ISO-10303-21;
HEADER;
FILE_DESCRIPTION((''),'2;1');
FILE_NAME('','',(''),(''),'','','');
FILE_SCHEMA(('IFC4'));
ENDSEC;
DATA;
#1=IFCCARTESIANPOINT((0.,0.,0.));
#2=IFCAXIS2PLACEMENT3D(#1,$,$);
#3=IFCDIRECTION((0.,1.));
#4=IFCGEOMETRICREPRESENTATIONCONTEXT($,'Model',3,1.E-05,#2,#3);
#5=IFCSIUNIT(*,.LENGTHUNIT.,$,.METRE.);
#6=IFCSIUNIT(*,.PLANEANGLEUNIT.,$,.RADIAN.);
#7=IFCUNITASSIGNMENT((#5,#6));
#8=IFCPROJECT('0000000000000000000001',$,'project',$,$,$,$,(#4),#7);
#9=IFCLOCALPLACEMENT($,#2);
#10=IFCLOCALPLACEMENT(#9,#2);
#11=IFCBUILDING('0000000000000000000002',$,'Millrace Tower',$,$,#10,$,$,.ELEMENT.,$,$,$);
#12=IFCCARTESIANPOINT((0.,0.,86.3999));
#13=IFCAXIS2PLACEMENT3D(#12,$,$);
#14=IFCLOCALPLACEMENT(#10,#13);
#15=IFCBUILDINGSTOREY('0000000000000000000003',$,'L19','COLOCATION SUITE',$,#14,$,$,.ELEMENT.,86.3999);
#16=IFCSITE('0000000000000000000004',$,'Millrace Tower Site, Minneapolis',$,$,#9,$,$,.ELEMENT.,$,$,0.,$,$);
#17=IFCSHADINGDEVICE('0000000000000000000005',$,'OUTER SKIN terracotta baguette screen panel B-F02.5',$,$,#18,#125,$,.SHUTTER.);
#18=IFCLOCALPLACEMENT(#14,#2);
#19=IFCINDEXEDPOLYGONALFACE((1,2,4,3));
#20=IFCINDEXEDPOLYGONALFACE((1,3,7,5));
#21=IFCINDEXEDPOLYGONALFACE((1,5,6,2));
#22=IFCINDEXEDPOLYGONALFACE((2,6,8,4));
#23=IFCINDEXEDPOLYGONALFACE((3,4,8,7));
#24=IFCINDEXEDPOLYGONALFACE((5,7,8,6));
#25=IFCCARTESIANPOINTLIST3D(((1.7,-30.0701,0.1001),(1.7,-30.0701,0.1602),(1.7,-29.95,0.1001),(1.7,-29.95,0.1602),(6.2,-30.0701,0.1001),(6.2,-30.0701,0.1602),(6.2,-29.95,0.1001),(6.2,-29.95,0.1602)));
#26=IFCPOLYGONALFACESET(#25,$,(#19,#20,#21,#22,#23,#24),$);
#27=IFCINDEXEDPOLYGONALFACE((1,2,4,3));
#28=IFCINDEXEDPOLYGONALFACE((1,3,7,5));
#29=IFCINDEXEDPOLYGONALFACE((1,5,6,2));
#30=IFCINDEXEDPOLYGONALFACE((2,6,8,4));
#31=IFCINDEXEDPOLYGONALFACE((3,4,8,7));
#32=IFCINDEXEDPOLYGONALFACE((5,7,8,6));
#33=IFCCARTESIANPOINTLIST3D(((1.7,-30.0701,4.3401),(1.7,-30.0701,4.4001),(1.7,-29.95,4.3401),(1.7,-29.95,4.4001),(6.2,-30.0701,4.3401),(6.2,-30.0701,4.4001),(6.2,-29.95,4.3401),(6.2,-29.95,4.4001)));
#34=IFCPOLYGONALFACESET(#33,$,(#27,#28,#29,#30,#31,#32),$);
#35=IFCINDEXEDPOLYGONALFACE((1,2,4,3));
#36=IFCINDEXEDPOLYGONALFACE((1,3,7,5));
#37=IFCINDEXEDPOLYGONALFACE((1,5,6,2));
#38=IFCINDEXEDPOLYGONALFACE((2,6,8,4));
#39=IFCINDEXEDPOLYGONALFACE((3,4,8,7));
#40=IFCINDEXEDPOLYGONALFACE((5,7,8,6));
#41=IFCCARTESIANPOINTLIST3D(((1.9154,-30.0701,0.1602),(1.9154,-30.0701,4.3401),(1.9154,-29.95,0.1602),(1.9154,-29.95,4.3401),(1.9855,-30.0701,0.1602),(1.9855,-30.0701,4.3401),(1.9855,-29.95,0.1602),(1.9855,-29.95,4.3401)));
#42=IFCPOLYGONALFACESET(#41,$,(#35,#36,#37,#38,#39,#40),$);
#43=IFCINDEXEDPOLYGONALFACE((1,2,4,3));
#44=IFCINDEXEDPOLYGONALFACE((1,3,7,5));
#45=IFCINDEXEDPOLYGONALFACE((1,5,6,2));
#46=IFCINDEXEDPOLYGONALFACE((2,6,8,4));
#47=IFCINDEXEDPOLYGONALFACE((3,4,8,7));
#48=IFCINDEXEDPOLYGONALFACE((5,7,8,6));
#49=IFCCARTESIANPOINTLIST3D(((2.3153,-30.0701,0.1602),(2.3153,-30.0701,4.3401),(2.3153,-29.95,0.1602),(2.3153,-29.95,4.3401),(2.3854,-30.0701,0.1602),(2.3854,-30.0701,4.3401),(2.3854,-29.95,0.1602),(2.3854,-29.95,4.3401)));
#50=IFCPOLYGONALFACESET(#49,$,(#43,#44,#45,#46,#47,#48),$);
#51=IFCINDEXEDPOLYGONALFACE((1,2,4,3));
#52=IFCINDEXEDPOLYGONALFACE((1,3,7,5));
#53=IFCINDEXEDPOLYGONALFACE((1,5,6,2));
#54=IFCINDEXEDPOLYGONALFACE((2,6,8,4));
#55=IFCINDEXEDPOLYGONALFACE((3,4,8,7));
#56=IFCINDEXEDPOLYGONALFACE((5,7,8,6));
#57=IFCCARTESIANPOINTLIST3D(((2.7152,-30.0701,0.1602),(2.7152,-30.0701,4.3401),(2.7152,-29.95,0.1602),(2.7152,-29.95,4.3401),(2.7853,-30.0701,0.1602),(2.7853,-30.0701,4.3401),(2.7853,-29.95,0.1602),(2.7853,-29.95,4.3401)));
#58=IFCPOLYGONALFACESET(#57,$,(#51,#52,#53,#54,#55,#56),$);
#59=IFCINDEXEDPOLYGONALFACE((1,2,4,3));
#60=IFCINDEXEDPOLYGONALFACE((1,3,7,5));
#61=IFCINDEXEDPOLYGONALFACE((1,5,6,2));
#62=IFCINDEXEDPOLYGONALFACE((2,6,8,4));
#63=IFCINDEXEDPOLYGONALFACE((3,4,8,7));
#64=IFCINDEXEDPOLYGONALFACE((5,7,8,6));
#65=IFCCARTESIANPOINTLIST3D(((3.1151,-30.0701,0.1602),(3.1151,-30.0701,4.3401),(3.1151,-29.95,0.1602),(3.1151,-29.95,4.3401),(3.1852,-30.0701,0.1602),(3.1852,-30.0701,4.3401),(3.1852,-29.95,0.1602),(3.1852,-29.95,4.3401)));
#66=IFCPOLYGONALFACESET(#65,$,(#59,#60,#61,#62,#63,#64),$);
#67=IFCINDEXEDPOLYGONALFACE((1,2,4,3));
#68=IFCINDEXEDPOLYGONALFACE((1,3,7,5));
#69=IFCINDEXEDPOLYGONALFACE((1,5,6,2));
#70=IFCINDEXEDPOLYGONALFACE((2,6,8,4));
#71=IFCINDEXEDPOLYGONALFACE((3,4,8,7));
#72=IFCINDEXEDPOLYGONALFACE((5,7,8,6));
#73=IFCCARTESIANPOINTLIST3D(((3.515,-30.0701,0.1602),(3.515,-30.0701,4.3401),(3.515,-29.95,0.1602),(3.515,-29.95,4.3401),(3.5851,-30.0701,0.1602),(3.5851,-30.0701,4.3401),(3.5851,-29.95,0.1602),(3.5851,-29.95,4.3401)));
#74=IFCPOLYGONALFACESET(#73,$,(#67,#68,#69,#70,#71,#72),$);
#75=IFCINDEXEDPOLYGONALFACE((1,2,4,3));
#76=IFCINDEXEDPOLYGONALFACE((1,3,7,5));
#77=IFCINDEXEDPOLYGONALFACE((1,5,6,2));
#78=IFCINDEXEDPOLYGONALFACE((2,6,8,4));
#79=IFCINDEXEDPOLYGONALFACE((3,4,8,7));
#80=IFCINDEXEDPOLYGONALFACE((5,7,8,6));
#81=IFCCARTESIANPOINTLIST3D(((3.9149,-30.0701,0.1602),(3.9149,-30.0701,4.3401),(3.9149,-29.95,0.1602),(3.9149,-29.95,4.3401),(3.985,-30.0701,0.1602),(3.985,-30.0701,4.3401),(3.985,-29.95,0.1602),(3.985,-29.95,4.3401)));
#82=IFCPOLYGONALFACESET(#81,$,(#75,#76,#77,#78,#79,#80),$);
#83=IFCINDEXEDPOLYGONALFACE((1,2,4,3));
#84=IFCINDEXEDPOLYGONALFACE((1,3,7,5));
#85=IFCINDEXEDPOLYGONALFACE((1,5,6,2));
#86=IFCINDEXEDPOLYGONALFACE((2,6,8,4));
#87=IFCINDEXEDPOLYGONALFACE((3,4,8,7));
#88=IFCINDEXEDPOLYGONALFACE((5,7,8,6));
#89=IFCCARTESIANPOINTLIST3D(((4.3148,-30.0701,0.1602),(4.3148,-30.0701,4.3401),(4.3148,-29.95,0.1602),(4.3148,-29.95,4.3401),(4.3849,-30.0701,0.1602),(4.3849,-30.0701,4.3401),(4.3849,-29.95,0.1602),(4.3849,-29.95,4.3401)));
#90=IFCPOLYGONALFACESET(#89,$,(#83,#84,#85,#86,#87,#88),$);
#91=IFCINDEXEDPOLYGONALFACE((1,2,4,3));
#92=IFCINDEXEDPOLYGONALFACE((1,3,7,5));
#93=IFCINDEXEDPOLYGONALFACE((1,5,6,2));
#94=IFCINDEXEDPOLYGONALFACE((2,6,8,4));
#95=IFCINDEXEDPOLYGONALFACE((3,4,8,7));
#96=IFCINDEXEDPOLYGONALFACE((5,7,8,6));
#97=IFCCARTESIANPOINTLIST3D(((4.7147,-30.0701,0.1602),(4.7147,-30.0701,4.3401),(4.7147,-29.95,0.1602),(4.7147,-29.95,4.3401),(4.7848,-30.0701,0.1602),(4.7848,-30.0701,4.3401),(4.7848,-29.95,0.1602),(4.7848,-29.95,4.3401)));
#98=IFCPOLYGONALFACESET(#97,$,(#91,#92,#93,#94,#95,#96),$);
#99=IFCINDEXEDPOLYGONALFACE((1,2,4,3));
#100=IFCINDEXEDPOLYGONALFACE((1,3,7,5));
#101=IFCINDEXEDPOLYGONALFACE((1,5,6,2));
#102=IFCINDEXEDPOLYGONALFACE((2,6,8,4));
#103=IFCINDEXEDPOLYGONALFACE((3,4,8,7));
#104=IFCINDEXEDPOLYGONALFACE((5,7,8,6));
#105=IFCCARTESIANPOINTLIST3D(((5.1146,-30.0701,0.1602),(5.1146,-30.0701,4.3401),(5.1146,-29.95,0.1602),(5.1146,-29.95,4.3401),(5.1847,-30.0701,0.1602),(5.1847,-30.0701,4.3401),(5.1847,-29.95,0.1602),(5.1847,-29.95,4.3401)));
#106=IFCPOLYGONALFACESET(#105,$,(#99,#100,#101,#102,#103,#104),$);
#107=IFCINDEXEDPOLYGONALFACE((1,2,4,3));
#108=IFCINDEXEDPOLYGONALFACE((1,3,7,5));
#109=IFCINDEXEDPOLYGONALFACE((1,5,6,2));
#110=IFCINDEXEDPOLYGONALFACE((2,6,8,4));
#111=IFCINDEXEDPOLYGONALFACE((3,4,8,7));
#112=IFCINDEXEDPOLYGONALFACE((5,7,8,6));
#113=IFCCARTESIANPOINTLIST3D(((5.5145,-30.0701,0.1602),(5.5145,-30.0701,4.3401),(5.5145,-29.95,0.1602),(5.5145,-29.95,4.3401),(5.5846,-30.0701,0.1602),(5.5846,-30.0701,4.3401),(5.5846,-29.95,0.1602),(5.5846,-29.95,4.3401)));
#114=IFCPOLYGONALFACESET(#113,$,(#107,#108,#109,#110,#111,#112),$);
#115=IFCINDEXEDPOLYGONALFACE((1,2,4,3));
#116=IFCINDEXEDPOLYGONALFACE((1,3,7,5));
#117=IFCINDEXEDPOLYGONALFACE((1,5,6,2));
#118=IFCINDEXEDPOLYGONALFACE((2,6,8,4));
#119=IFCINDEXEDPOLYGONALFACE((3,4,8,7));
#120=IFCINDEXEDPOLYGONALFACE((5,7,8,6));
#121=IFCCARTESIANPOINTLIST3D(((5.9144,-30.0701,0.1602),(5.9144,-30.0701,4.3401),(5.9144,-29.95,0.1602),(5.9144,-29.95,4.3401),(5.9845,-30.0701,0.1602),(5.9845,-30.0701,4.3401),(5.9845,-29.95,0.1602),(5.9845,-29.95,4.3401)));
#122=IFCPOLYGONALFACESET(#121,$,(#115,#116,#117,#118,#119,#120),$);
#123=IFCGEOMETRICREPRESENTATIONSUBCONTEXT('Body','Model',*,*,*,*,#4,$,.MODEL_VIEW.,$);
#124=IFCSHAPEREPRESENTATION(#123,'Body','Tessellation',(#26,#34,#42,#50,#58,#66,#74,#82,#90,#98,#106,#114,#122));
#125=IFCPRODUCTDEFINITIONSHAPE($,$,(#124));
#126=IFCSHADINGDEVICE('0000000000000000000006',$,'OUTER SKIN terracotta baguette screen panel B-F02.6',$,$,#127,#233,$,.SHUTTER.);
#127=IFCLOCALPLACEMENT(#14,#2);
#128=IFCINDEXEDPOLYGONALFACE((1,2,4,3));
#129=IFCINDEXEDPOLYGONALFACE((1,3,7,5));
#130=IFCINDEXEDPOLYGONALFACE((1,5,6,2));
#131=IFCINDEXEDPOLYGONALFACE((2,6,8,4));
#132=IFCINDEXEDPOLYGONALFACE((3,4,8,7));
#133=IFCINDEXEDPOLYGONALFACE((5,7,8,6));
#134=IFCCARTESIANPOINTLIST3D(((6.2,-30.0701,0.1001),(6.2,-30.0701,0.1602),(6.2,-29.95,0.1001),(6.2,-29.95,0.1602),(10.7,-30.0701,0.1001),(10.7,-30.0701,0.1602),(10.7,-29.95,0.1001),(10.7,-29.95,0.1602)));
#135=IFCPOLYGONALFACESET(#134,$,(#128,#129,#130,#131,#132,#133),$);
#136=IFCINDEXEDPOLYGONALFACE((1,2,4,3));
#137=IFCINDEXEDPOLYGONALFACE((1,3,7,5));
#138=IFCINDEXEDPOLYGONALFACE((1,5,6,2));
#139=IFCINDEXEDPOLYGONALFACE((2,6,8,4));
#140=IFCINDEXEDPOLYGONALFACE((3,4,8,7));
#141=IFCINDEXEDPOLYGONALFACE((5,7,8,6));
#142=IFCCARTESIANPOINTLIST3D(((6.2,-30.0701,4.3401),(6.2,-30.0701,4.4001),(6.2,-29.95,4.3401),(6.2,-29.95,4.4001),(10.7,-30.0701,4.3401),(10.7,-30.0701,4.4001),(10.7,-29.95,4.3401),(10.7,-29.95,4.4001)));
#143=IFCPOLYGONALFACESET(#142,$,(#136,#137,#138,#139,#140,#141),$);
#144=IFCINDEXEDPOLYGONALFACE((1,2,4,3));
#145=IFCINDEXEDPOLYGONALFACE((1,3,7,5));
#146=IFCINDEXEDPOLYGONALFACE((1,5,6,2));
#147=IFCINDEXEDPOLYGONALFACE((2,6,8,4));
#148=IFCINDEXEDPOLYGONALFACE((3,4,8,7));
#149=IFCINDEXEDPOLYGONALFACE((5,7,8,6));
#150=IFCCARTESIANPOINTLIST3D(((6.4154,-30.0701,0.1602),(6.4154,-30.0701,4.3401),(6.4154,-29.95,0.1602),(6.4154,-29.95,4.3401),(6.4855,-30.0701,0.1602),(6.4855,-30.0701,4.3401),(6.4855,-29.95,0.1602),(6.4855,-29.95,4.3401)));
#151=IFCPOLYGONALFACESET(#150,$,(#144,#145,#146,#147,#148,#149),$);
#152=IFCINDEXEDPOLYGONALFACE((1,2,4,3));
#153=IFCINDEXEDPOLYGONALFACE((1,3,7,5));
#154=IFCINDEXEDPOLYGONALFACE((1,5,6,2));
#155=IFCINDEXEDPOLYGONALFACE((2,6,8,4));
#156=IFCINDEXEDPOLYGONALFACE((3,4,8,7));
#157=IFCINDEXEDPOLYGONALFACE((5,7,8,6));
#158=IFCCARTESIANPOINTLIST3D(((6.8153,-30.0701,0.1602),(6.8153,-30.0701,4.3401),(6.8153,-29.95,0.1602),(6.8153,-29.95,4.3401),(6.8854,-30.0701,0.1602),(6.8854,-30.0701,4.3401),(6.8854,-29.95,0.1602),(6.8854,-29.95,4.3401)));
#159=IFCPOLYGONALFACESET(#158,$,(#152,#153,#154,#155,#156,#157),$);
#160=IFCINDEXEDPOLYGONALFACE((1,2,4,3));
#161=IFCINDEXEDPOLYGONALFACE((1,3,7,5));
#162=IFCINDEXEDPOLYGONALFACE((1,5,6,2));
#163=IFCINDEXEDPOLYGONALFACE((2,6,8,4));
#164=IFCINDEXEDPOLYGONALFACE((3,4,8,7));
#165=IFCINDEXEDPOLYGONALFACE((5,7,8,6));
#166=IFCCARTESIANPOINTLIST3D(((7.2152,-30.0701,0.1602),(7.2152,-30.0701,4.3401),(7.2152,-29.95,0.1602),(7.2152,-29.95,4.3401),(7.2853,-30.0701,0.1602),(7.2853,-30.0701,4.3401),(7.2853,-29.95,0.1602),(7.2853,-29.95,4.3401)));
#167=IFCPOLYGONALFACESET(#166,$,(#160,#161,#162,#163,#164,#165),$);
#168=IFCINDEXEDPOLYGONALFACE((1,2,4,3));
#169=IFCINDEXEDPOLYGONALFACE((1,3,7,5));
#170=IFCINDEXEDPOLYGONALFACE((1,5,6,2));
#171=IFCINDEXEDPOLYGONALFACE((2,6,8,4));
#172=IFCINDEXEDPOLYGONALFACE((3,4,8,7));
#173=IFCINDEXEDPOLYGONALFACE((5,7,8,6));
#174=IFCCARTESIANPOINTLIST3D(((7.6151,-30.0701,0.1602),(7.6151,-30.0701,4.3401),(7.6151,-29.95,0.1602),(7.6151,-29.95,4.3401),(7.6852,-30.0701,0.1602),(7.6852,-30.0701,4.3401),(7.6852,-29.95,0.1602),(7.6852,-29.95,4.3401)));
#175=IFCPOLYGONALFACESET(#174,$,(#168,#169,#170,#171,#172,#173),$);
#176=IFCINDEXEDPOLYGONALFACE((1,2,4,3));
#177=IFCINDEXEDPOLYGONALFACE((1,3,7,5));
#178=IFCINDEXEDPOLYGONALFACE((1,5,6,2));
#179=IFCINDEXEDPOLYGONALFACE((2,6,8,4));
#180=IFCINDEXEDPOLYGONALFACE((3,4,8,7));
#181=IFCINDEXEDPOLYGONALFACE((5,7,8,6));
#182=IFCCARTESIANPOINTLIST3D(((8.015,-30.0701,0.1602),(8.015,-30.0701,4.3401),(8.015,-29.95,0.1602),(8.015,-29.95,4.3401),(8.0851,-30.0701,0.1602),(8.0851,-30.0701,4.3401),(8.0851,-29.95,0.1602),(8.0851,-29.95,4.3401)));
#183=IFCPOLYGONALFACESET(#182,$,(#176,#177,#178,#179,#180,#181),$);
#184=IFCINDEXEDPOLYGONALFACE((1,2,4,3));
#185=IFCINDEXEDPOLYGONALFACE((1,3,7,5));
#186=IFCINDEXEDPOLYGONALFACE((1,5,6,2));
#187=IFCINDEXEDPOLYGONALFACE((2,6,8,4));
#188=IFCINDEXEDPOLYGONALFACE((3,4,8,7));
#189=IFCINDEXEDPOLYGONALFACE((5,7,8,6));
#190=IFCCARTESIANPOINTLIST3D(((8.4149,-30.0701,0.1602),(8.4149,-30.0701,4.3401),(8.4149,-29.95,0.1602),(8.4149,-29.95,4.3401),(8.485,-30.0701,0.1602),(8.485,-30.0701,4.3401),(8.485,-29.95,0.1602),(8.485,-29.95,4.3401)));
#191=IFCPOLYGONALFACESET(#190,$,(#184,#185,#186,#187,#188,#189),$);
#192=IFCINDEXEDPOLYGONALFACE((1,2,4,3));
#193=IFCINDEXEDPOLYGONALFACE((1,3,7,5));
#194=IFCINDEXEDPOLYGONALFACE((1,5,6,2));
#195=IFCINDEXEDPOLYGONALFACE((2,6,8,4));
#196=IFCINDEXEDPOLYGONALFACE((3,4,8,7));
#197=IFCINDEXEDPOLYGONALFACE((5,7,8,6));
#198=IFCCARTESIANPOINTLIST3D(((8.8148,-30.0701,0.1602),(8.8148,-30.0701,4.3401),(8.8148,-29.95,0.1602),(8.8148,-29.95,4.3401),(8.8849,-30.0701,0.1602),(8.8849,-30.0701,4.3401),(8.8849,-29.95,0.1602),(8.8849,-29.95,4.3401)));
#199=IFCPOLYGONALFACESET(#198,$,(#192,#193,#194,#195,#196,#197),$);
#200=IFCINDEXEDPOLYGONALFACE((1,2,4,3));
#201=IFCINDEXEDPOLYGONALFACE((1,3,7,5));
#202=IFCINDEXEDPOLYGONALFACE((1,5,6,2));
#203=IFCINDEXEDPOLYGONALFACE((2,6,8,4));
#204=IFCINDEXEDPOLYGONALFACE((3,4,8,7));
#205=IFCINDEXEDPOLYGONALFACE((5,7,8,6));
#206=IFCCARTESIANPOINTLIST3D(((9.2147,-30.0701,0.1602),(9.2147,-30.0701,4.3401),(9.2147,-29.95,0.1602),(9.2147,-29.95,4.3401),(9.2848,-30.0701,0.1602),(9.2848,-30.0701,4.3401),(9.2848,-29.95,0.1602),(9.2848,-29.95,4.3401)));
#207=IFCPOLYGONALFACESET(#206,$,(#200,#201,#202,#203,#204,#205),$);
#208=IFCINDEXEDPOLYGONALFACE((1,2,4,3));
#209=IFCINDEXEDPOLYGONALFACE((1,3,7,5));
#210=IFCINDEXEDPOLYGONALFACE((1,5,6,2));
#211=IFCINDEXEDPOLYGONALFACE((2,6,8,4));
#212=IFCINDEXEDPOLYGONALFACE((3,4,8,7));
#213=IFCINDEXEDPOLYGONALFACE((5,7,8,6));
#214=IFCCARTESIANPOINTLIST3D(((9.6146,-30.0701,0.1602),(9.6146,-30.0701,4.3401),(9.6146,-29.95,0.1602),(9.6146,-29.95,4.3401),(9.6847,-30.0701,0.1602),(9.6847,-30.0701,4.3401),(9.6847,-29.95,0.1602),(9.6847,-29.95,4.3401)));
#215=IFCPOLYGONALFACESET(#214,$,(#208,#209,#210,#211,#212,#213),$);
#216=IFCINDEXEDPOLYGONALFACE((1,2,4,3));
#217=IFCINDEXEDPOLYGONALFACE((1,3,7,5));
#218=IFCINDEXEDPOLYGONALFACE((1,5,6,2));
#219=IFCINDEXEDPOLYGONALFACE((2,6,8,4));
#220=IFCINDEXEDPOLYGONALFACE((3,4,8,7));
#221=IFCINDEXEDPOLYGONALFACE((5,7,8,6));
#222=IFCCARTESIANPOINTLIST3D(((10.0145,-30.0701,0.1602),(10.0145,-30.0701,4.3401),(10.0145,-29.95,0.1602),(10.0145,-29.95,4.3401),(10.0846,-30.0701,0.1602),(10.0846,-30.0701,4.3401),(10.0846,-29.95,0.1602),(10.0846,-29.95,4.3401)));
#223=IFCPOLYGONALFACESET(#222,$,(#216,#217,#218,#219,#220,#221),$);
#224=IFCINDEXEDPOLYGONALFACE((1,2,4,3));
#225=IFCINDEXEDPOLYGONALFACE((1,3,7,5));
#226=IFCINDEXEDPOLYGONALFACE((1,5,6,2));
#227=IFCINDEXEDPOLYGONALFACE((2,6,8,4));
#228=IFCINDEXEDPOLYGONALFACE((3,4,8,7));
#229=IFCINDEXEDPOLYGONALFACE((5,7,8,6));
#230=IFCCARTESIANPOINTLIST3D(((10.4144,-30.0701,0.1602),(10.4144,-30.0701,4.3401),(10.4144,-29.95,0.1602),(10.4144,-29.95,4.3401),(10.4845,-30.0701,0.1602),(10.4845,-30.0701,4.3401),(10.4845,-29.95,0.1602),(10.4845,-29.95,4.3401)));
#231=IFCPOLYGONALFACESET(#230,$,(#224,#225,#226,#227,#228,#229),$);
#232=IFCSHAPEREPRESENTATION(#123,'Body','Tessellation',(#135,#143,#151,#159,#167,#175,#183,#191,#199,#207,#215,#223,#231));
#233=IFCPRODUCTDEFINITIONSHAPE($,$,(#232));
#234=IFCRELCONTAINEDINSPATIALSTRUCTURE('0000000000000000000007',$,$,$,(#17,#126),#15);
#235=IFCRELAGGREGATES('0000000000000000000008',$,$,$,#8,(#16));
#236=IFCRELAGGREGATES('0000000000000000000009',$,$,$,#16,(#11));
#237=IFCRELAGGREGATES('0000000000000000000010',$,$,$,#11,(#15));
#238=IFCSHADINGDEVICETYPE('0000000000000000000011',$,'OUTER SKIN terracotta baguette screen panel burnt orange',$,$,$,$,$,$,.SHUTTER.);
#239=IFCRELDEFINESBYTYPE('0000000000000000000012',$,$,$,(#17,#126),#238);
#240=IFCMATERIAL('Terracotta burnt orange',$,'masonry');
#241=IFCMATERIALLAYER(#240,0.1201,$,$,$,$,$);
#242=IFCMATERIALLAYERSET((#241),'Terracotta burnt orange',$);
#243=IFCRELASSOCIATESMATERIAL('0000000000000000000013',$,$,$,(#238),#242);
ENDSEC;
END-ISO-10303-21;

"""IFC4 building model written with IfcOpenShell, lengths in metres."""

from ifc_helpers import new_model, entity, si_unit, direction, frame, frame_2d, origin, origin_2d, place, context, subcontext, project, spatial, rectangle, extrude, source, transform, mapped, material, layer, layer_set, type_object, element, save


model = new_model("IFC4")

# Units and contexts
model_context = context("Model", 3, precision=1e-05, world=origin(), true_north=direction((0.0, 1.0)))
body_context = subcontext(model_context, "Body", "Model", "MODEL_VIEW")
ifc_project = project(units=[si_unit("LENGTHUNIT", "METRE"), si_unit("PLANEANGLEUNIT", "RADIAN")], contexts=[model_context])

# Site, building, storey
site_placement = place(None, origin())
site = spatial("IfcSite", under=ifc_project, at=site_placement, Name="Millrace Tower Site, Minneapolis", CompositionType="ELEMENT", RefElevation=0.0)
building_placement = place(site_placement, origin())
building = spatial("IfcBuilding", under=site, at=building_placement, Name="Millrace Tower", CompositionType="ELEMENT")
storey_placement = place(building_placement, frame((0.0, 0.0, 86.3999)))
storey = spatial("IfcBuildingStorey", under=building, at=storey_placement, Name="L19", Description="COLOCATION SUITE", CompositionType="ELEMENT", Elevation=86.3999)

# Shading devices
ifc_material_1 = material(Name="Terracotta burnt orange", Category="masonry")
ifc_layer_1 = layer(ifc_material_1, 0.1201)
ifc_layer_set_1 = layer_set([ifc_layer_1], Name="Terracotta burnt orange")
shading_device_type = type_object("IfcShadingDeviceType", Name="OUTER SKIN terracotta baguette screen panel burnt orange", PredefinedType="SHUTTER", material=ifc_layer_set_1)
cartesian_point = entity("IfcCartesianPoint", [-2.25, 0.0601])
shared_polyline = entity("IfcPolyline", [cartesian_point, entity("IfcCartesianPoint", [2.25, 0.0601]), entity("IfcCartesianPoint", [2.25, -0.0601]), entity("IfcCartesianPoint", [-2.25, -0.0601]), cartesian_point])
shared_shape = source(origin(), body_context, "Body", "SweptSolid", [
    entity("IfcExtrudedAreaSolid", entity("IfcArbitraryClosedProfileDef", "AREA", None, shared_polyline), entity("IfcAxis2Placement3D", entity("IfcCartesianPoint", [0.0, 0.0, 0.0])), entity("IfcDirection", [0.0, 0.0, 1.0]), 0.0601),
    entity("IfcExtrudedAreaSolid", entity("IfcArbitraryClosedProfileDef", "AREA", None, shared_polyline), entity("IfcAxis2Placement3D", entity("IfcCartesianPoint", [0.0, 0.0, 4.24])), entity("IfcDirection", [0.0, 0.0, 1.0]), 0.0601),
    extrude(rectangle(XDim=0.0701, YDim=0.1201, at=frame_2d((-1.9995, 0.0))), frame((0.0, 0.0, 0.0601)), (0.0, 0.0, 1.0), 4.1799),
    extrude(rectangle(XDim=0.0701, YDim=0.1201, at=frame_2d((-1.5996, 0.0))), frame((0.0, 0.0, 0.0601)), (0.0, 0.0, 1.0), 4.1799),
    extrude(rectangle(XDim=0.0701, YDim=0.1201, at=frame_2d((-1.1997, 0.0))), frame((0.0, 0.0, 0.0601)), (0.0, 0.0, 1.0), 4.1799),
    extrude(rectangle(XDim=0.0701, YDim=0.1201, at=frame_2d((-0.7998, 0.0))), frame((0.0, 0.0, 0.0601)), (0.0, 0.0, 1.0), 4.1799),
    extrude(rectangle(XDim=0.0701, YDim=0.1201, at=frame_2d((-0.3999, 0.0))), frame((0.0, 0.0, 0.0601)), (0.0, 0.0, 1.0), 4.1799),
    extrude(rectangle(XDim=0.0701, YDim=0.1201, at=origin_2d()), frame((0.0, 0.0, 0.0601)), (0.0, 0.0, 1.0), 4.1799),
    extrude(rectangle(XDim=0.0701, YDim=0.1201, at=frame_2d((0.3999, 0.0))), frame((0.0, 0.0, 0.0601)), (0.0, 0.0, 1.0), 4.1799),
    extrude(rectangle(XDim=0.0701, YDim=0.1201, at=frame_2d((0.7998, 0.0))), frame((0.0, 0.0, 0.0601)), (0.0, 0.0, 1.0), 4.1799),
    extrude(rectangle(XDim=0.0701, YDim=0.1201, at=frame_2d((1.1997, 0.0))), frame((0.0, 0.0, 0.0601)), (0.0, 0.0, 1.0), 4.1799),
    extrude(rectangle(XDim=0.0701, YDim=0.1201, at=frame_2d((1.5996, 0.0))), frame((0.0, 0.0, 0.0601)), (0.0, 0.0, 1.0), 4.1799),
    extrude(rectangle(XDim=0.0701, YDim=0.1201, at=frame_2d((1.9995, 0.0))), frame((0.0, 0.0, 0.0601)), (0.0, 0.0, 1.0), 4.1799),
])
for number, where, z_axis, x_axis, name in (
    (1, (3.95, -30.01, 0.1001), (0.0, 0.0, 1.0), (1.0, 0.0, 0.0), "OUTER SKIN terracotta baguette screen panel B-F02.5"),
    (2, (8.45, -30.01, 0.1001), (0.0, 0.0, 1.0), (1.0, 0.0, 0.0), "OUTER SKIN terracotta baguette screen panel B-F02.6"),
):
    element("IfcShadingDevice", number, at=place(storey_placement, frame(where, z_axis=z_axis, x_axis=x_axis)), inside=storey, type_object=shading_device_type, Name=name, PredefinedType="SHUTTER", context=body_context, shape_type="MappedRepresentation", body=[
        mapped(shared_shape, transform((0.0, 0.0, 0.0), scale=1.0)),
    ])

save(model, "model.ifc")
